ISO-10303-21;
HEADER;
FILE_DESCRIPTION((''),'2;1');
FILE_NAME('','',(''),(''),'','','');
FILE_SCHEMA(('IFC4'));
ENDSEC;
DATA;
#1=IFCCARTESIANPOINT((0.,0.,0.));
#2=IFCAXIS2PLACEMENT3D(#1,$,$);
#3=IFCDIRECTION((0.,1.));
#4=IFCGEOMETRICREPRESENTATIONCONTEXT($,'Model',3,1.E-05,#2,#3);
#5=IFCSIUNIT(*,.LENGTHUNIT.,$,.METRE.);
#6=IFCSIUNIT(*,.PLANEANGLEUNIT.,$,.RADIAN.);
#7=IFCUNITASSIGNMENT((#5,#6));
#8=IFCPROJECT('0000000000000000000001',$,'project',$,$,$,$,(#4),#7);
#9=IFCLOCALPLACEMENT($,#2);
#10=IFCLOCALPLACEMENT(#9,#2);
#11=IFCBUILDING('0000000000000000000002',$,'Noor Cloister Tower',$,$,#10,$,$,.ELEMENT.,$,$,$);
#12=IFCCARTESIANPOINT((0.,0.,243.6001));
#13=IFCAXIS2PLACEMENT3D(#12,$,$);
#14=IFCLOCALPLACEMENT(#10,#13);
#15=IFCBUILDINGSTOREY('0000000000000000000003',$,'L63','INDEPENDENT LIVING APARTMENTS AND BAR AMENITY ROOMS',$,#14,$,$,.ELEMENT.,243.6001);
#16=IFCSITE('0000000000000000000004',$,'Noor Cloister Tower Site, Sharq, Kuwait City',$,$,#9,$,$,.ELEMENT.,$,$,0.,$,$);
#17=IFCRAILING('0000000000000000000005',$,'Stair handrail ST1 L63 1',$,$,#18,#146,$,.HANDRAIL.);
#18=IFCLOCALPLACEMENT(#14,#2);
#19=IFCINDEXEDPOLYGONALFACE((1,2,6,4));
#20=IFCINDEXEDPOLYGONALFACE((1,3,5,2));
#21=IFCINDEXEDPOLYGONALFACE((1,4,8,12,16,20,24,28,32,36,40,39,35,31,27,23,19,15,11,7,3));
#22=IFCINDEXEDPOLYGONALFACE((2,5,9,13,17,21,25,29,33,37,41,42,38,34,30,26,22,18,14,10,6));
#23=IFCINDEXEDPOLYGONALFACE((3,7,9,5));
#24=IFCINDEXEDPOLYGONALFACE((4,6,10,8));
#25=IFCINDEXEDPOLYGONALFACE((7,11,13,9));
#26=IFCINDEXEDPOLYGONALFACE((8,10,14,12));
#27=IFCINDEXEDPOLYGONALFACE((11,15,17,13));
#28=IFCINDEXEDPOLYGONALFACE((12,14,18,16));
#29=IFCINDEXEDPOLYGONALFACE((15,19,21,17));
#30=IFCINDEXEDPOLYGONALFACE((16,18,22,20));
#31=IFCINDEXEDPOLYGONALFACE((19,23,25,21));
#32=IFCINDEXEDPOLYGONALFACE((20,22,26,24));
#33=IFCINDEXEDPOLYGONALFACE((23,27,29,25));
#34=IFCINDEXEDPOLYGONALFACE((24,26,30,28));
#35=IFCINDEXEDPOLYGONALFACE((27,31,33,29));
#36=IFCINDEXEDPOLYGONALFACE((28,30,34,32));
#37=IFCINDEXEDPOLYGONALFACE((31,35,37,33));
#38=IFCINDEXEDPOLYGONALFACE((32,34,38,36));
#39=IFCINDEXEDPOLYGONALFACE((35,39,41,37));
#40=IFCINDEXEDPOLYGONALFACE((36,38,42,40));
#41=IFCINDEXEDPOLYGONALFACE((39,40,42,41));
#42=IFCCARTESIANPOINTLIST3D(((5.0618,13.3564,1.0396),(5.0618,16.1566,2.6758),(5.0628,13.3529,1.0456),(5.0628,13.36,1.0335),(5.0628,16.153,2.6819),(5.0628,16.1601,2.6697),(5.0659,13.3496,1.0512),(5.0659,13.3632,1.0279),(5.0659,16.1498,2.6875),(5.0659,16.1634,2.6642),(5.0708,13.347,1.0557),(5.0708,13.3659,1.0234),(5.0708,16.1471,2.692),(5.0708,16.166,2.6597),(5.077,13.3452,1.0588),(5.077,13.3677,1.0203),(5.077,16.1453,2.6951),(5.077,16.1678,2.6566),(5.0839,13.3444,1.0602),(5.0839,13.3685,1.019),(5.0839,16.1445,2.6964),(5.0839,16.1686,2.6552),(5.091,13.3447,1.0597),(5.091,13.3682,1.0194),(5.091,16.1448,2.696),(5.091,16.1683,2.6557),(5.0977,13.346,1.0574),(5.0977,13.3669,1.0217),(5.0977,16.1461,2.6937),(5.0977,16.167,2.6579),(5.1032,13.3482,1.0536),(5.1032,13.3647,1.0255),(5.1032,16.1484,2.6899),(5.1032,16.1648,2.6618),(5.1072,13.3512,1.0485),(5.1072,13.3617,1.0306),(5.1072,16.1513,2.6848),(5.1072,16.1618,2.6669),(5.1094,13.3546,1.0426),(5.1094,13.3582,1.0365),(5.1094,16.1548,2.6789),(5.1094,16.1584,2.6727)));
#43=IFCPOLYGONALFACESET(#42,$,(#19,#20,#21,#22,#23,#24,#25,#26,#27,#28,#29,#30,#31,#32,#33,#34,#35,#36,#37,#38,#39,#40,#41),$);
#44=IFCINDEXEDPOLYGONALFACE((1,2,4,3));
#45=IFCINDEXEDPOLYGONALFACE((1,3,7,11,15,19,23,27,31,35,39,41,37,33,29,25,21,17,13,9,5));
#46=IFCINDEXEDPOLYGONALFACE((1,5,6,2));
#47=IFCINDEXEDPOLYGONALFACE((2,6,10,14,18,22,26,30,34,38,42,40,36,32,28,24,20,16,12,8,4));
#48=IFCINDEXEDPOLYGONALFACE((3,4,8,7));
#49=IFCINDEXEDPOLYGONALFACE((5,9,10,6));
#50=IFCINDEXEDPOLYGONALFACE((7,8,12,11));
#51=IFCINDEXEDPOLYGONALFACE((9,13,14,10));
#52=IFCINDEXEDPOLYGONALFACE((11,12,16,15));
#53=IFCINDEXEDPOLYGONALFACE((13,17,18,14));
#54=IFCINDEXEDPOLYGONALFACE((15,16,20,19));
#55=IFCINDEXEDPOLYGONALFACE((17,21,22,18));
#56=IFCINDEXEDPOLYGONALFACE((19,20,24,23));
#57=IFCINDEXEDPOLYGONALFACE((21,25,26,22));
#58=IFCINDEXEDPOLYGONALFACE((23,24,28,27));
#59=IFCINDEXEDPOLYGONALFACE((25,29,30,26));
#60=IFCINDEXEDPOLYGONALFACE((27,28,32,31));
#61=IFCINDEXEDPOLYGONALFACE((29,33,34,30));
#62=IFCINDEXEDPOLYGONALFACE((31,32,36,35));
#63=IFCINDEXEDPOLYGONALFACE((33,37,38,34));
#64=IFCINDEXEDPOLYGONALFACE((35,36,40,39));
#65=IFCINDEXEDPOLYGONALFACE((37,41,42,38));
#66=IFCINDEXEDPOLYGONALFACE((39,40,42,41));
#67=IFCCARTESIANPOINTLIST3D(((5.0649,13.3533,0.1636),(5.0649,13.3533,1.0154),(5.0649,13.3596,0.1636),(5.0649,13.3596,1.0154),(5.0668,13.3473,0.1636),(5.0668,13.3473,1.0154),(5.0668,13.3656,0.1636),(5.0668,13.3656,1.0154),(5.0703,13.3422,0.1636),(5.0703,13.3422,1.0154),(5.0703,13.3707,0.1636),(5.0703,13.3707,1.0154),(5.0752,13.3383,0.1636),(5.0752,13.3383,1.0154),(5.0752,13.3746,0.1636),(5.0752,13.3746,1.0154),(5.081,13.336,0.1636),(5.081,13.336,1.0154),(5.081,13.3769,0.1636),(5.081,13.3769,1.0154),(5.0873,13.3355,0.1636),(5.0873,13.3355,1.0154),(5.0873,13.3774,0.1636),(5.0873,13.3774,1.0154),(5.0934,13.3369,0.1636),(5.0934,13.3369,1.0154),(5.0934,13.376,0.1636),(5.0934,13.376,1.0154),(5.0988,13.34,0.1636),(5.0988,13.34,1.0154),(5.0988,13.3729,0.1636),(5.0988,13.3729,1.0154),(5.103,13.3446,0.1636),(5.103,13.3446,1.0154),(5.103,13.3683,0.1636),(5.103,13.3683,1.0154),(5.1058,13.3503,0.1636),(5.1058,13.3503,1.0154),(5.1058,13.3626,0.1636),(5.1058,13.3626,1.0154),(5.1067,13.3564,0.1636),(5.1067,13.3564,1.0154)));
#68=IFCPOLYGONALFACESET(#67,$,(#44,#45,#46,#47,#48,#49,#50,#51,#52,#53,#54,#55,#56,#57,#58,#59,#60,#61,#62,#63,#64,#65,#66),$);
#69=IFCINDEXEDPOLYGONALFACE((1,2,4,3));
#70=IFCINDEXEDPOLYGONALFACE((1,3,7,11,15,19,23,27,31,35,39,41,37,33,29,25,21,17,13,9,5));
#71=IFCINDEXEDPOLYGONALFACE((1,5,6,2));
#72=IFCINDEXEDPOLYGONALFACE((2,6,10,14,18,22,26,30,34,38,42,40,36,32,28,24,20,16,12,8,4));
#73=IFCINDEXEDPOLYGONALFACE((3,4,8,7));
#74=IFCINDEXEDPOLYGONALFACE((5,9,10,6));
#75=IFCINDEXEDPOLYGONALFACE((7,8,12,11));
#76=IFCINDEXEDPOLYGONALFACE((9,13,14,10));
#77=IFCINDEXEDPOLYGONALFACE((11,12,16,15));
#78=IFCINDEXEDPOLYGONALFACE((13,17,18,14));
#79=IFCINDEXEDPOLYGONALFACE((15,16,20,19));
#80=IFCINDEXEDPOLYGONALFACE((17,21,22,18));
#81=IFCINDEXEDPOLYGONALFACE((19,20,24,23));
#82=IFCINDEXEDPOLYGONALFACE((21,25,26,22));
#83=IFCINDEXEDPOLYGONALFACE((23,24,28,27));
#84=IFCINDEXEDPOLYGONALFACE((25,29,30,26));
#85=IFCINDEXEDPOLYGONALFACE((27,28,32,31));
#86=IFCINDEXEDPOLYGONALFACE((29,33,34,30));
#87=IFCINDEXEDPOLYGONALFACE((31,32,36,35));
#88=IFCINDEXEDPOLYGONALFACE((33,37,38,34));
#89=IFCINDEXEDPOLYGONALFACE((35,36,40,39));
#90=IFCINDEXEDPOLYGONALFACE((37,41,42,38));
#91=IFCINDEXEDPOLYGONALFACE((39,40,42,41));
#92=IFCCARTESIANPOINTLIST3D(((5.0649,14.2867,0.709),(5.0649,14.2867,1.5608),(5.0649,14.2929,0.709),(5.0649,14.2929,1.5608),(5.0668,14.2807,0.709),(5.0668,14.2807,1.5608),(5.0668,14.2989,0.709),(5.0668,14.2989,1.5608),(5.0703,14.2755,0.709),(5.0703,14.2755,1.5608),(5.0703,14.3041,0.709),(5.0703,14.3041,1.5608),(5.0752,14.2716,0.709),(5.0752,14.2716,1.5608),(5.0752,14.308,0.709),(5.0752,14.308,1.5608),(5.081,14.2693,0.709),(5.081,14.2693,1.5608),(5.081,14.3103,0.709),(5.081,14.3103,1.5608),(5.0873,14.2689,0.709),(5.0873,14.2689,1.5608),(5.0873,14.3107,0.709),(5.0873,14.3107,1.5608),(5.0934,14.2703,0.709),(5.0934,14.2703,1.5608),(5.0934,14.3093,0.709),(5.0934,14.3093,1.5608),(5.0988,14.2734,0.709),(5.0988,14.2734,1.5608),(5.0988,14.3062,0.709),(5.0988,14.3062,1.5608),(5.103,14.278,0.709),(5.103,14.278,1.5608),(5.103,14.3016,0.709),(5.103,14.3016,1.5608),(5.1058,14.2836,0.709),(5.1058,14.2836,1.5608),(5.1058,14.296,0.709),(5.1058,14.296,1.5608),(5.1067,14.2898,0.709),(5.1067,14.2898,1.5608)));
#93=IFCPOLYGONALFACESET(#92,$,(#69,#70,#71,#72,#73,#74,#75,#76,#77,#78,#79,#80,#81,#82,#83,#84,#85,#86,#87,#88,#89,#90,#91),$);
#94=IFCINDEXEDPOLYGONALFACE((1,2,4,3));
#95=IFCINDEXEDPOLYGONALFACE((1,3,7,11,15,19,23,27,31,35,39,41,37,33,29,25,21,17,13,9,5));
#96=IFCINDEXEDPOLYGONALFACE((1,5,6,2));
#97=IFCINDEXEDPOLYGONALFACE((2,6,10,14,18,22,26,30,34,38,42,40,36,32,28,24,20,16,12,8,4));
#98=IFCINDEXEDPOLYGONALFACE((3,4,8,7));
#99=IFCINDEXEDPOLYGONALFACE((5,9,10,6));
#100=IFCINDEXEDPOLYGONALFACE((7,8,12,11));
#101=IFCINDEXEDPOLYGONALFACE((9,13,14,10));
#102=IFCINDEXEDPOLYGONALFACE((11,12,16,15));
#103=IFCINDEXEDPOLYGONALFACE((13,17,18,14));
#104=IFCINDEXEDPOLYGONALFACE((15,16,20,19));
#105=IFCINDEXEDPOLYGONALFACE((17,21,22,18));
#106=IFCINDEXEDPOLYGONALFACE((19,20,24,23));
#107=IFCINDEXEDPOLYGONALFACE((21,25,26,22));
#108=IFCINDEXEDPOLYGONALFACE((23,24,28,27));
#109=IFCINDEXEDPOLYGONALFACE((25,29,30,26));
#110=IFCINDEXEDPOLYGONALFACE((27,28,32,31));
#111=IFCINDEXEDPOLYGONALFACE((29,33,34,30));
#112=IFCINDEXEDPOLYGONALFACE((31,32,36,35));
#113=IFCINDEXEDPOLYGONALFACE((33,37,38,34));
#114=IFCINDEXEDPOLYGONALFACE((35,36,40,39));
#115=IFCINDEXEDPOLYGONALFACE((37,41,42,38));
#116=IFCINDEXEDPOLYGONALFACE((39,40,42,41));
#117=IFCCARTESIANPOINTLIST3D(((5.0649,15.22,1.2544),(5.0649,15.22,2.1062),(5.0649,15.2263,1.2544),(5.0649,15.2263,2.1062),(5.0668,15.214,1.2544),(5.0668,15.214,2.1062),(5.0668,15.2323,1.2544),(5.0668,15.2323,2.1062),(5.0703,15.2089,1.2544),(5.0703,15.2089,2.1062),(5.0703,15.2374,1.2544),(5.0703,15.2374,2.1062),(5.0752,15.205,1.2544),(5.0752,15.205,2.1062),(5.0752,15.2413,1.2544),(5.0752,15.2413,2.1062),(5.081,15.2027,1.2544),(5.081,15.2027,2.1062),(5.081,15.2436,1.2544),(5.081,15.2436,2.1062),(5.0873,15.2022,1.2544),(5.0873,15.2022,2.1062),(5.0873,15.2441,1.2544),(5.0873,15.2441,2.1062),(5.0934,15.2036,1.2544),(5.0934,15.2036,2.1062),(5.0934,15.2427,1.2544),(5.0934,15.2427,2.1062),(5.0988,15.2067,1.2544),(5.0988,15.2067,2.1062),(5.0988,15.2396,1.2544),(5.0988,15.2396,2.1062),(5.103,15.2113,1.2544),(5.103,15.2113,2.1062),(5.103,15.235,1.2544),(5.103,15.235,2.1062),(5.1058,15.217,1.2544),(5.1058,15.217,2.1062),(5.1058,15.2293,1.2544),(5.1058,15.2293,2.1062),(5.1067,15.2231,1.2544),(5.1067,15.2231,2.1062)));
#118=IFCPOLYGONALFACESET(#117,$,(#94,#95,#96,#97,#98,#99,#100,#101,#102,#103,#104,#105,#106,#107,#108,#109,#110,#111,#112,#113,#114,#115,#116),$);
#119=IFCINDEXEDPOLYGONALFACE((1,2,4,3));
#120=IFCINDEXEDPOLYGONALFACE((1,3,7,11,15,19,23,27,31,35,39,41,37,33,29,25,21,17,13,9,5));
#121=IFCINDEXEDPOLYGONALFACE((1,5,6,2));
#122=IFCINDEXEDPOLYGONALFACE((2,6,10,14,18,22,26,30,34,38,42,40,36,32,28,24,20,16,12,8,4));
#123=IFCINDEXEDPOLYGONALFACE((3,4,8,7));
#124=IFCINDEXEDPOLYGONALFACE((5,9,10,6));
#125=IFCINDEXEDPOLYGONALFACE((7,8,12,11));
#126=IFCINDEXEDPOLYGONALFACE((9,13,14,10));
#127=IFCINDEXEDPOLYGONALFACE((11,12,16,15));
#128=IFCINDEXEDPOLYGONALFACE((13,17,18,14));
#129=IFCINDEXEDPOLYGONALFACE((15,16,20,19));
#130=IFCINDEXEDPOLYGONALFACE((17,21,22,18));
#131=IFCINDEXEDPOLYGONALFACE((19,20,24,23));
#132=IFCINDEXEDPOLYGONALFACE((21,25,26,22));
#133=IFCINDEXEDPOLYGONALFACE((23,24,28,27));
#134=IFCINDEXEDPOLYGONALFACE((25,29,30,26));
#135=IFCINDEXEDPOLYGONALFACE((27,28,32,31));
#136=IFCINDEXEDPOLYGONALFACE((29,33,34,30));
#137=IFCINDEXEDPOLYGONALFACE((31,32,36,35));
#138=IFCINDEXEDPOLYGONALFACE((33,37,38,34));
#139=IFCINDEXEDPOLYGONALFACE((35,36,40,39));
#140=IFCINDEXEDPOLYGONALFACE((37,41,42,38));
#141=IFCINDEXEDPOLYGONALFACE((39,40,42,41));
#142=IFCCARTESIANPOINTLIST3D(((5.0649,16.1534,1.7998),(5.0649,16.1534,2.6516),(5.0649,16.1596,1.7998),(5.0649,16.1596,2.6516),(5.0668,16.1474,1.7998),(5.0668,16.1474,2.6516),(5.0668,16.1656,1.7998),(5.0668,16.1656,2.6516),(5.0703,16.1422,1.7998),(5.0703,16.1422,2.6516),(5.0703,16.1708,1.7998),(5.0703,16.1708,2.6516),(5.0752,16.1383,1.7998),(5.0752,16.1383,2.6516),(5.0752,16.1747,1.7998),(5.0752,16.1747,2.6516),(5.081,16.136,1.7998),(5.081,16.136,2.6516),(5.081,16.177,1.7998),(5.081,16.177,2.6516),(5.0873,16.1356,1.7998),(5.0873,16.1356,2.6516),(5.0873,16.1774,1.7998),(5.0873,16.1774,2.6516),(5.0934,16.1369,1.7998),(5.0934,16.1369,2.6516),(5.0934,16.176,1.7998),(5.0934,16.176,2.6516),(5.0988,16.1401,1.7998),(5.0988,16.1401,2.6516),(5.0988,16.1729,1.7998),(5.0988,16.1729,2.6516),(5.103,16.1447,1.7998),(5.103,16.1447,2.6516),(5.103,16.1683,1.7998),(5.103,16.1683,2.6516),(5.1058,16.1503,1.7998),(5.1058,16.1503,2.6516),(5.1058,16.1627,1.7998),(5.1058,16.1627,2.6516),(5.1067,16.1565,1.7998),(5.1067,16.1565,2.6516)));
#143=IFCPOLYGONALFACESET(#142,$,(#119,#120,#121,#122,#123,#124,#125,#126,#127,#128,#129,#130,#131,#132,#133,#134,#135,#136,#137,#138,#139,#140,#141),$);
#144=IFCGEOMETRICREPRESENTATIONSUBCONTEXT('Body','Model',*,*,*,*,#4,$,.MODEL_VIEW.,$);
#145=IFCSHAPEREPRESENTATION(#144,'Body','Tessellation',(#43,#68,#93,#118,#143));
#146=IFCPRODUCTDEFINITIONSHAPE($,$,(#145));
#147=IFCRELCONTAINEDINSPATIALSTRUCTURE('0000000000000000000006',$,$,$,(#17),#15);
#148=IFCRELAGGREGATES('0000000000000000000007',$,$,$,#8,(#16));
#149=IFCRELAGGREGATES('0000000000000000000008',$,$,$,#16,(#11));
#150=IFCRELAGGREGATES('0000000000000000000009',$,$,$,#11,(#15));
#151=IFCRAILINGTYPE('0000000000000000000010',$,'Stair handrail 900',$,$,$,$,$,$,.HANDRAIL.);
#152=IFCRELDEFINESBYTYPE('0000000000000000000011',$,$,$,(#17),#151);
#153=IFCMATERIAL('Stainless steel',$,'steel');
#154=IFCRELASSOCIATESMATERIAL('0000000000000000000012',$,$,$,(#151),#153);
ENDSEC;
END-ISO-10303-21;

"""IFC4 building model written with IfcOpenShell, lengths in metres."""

from ifc_helpers import new_model, si_unit, direction, frame, origin, origin_2d, place, context, subcontext, project, spatial, circle, extrude, material, type_object, element, save


model = new_model("IFC4")

# Units and contexts
model_context = context("Model", 3, precision=1e-05, world=origin(), true_north=direction((0.0, 1.0)))
body_context = subcontext(model_context, "Body", "Model", "MODEL_VIEW")
ifc_project = project(units=[si_unit("LENGTHUNIT", "METRE"), si_unit("PLANEANGLEUNIT", "RADIAN")], contexts=[model_context])

# Site, building, storey
site_placement = place(None, origin())
site = spatial("IfcSite", under=ifc_project, at=site_placement, Name="Noor Cloister Tower Site, Sharq, Kuwait City", CompositionType="ELEMENT", RefElevation=0.0)
building_placement = place(site_placement, origin())
building = spatial("IfcBuilding", under=site, at=building_placement, Name="Noor Cloister Tower", CompositionType="ELEMENT")
storey_placement = place(building_placement, frame((0.0, 0.0, 243.6001)))
storey = spatial("IfcBuildingStorey", under=building, at=storey_placement, Name="L63", Description="INDEPENDENT LIVING APARTMENTS AND BAR AMENITY ROOMS", CompositionType="ELEMENT", Elevation=243.6001)

# Railing
ifc_material_1 = material(Name="Stainless steel", Category="steel")
railing_type_1 = type_object("IfcRailingType", Name="Stair handrail 900", PredefinedType="HANDRAIL", material=ifc_material_1)
railing_1_placement = place(storey_placement, frame((5.0857, 13.3564, 0.1636)))
element("IfcRailing", 1, at=railing_1_placement, inside=storey, type_object=railing_type_1, Name="Stair handrail ST1 L63 1", PredefinedType="HANDRAIL", context=body_context, shape_type="SweptSolid", body=[
    extrude(circle(Radius=0.0239, at=origin_2d()), frame((0.0, 0.0, 0.876), z_axis=(0.0, 0.863394, 0.504531), x_axis=(-1.0, 0.0, 0.0)), (0.0, 0.0, 1.0), 3.2432),
    extrude(circle(Radius=0.021, at=origin_2d()), origin(), (0.0, 0.0, 1.0), 0.8518),
    extrude(circle(Radius=0.021, at=origin_2d()), frame((0.0, 0.9333, 0.5454)), (0.0, 0.0, 1.0), 0.8518),
    extrude(circle(Radius=0.021, at=origin_2d()), frame((0.0, 1.8667, 1.0908)), (0.0, 0.0, 1.0), 0.8518),
    extrude(circle(Radius=0.021, at=origin_2d()), frame((0.0, 2.8, 1.6362)), (0.0, 0.0, 1.0), 0.8518),
])

save(model, "model.ifc")
